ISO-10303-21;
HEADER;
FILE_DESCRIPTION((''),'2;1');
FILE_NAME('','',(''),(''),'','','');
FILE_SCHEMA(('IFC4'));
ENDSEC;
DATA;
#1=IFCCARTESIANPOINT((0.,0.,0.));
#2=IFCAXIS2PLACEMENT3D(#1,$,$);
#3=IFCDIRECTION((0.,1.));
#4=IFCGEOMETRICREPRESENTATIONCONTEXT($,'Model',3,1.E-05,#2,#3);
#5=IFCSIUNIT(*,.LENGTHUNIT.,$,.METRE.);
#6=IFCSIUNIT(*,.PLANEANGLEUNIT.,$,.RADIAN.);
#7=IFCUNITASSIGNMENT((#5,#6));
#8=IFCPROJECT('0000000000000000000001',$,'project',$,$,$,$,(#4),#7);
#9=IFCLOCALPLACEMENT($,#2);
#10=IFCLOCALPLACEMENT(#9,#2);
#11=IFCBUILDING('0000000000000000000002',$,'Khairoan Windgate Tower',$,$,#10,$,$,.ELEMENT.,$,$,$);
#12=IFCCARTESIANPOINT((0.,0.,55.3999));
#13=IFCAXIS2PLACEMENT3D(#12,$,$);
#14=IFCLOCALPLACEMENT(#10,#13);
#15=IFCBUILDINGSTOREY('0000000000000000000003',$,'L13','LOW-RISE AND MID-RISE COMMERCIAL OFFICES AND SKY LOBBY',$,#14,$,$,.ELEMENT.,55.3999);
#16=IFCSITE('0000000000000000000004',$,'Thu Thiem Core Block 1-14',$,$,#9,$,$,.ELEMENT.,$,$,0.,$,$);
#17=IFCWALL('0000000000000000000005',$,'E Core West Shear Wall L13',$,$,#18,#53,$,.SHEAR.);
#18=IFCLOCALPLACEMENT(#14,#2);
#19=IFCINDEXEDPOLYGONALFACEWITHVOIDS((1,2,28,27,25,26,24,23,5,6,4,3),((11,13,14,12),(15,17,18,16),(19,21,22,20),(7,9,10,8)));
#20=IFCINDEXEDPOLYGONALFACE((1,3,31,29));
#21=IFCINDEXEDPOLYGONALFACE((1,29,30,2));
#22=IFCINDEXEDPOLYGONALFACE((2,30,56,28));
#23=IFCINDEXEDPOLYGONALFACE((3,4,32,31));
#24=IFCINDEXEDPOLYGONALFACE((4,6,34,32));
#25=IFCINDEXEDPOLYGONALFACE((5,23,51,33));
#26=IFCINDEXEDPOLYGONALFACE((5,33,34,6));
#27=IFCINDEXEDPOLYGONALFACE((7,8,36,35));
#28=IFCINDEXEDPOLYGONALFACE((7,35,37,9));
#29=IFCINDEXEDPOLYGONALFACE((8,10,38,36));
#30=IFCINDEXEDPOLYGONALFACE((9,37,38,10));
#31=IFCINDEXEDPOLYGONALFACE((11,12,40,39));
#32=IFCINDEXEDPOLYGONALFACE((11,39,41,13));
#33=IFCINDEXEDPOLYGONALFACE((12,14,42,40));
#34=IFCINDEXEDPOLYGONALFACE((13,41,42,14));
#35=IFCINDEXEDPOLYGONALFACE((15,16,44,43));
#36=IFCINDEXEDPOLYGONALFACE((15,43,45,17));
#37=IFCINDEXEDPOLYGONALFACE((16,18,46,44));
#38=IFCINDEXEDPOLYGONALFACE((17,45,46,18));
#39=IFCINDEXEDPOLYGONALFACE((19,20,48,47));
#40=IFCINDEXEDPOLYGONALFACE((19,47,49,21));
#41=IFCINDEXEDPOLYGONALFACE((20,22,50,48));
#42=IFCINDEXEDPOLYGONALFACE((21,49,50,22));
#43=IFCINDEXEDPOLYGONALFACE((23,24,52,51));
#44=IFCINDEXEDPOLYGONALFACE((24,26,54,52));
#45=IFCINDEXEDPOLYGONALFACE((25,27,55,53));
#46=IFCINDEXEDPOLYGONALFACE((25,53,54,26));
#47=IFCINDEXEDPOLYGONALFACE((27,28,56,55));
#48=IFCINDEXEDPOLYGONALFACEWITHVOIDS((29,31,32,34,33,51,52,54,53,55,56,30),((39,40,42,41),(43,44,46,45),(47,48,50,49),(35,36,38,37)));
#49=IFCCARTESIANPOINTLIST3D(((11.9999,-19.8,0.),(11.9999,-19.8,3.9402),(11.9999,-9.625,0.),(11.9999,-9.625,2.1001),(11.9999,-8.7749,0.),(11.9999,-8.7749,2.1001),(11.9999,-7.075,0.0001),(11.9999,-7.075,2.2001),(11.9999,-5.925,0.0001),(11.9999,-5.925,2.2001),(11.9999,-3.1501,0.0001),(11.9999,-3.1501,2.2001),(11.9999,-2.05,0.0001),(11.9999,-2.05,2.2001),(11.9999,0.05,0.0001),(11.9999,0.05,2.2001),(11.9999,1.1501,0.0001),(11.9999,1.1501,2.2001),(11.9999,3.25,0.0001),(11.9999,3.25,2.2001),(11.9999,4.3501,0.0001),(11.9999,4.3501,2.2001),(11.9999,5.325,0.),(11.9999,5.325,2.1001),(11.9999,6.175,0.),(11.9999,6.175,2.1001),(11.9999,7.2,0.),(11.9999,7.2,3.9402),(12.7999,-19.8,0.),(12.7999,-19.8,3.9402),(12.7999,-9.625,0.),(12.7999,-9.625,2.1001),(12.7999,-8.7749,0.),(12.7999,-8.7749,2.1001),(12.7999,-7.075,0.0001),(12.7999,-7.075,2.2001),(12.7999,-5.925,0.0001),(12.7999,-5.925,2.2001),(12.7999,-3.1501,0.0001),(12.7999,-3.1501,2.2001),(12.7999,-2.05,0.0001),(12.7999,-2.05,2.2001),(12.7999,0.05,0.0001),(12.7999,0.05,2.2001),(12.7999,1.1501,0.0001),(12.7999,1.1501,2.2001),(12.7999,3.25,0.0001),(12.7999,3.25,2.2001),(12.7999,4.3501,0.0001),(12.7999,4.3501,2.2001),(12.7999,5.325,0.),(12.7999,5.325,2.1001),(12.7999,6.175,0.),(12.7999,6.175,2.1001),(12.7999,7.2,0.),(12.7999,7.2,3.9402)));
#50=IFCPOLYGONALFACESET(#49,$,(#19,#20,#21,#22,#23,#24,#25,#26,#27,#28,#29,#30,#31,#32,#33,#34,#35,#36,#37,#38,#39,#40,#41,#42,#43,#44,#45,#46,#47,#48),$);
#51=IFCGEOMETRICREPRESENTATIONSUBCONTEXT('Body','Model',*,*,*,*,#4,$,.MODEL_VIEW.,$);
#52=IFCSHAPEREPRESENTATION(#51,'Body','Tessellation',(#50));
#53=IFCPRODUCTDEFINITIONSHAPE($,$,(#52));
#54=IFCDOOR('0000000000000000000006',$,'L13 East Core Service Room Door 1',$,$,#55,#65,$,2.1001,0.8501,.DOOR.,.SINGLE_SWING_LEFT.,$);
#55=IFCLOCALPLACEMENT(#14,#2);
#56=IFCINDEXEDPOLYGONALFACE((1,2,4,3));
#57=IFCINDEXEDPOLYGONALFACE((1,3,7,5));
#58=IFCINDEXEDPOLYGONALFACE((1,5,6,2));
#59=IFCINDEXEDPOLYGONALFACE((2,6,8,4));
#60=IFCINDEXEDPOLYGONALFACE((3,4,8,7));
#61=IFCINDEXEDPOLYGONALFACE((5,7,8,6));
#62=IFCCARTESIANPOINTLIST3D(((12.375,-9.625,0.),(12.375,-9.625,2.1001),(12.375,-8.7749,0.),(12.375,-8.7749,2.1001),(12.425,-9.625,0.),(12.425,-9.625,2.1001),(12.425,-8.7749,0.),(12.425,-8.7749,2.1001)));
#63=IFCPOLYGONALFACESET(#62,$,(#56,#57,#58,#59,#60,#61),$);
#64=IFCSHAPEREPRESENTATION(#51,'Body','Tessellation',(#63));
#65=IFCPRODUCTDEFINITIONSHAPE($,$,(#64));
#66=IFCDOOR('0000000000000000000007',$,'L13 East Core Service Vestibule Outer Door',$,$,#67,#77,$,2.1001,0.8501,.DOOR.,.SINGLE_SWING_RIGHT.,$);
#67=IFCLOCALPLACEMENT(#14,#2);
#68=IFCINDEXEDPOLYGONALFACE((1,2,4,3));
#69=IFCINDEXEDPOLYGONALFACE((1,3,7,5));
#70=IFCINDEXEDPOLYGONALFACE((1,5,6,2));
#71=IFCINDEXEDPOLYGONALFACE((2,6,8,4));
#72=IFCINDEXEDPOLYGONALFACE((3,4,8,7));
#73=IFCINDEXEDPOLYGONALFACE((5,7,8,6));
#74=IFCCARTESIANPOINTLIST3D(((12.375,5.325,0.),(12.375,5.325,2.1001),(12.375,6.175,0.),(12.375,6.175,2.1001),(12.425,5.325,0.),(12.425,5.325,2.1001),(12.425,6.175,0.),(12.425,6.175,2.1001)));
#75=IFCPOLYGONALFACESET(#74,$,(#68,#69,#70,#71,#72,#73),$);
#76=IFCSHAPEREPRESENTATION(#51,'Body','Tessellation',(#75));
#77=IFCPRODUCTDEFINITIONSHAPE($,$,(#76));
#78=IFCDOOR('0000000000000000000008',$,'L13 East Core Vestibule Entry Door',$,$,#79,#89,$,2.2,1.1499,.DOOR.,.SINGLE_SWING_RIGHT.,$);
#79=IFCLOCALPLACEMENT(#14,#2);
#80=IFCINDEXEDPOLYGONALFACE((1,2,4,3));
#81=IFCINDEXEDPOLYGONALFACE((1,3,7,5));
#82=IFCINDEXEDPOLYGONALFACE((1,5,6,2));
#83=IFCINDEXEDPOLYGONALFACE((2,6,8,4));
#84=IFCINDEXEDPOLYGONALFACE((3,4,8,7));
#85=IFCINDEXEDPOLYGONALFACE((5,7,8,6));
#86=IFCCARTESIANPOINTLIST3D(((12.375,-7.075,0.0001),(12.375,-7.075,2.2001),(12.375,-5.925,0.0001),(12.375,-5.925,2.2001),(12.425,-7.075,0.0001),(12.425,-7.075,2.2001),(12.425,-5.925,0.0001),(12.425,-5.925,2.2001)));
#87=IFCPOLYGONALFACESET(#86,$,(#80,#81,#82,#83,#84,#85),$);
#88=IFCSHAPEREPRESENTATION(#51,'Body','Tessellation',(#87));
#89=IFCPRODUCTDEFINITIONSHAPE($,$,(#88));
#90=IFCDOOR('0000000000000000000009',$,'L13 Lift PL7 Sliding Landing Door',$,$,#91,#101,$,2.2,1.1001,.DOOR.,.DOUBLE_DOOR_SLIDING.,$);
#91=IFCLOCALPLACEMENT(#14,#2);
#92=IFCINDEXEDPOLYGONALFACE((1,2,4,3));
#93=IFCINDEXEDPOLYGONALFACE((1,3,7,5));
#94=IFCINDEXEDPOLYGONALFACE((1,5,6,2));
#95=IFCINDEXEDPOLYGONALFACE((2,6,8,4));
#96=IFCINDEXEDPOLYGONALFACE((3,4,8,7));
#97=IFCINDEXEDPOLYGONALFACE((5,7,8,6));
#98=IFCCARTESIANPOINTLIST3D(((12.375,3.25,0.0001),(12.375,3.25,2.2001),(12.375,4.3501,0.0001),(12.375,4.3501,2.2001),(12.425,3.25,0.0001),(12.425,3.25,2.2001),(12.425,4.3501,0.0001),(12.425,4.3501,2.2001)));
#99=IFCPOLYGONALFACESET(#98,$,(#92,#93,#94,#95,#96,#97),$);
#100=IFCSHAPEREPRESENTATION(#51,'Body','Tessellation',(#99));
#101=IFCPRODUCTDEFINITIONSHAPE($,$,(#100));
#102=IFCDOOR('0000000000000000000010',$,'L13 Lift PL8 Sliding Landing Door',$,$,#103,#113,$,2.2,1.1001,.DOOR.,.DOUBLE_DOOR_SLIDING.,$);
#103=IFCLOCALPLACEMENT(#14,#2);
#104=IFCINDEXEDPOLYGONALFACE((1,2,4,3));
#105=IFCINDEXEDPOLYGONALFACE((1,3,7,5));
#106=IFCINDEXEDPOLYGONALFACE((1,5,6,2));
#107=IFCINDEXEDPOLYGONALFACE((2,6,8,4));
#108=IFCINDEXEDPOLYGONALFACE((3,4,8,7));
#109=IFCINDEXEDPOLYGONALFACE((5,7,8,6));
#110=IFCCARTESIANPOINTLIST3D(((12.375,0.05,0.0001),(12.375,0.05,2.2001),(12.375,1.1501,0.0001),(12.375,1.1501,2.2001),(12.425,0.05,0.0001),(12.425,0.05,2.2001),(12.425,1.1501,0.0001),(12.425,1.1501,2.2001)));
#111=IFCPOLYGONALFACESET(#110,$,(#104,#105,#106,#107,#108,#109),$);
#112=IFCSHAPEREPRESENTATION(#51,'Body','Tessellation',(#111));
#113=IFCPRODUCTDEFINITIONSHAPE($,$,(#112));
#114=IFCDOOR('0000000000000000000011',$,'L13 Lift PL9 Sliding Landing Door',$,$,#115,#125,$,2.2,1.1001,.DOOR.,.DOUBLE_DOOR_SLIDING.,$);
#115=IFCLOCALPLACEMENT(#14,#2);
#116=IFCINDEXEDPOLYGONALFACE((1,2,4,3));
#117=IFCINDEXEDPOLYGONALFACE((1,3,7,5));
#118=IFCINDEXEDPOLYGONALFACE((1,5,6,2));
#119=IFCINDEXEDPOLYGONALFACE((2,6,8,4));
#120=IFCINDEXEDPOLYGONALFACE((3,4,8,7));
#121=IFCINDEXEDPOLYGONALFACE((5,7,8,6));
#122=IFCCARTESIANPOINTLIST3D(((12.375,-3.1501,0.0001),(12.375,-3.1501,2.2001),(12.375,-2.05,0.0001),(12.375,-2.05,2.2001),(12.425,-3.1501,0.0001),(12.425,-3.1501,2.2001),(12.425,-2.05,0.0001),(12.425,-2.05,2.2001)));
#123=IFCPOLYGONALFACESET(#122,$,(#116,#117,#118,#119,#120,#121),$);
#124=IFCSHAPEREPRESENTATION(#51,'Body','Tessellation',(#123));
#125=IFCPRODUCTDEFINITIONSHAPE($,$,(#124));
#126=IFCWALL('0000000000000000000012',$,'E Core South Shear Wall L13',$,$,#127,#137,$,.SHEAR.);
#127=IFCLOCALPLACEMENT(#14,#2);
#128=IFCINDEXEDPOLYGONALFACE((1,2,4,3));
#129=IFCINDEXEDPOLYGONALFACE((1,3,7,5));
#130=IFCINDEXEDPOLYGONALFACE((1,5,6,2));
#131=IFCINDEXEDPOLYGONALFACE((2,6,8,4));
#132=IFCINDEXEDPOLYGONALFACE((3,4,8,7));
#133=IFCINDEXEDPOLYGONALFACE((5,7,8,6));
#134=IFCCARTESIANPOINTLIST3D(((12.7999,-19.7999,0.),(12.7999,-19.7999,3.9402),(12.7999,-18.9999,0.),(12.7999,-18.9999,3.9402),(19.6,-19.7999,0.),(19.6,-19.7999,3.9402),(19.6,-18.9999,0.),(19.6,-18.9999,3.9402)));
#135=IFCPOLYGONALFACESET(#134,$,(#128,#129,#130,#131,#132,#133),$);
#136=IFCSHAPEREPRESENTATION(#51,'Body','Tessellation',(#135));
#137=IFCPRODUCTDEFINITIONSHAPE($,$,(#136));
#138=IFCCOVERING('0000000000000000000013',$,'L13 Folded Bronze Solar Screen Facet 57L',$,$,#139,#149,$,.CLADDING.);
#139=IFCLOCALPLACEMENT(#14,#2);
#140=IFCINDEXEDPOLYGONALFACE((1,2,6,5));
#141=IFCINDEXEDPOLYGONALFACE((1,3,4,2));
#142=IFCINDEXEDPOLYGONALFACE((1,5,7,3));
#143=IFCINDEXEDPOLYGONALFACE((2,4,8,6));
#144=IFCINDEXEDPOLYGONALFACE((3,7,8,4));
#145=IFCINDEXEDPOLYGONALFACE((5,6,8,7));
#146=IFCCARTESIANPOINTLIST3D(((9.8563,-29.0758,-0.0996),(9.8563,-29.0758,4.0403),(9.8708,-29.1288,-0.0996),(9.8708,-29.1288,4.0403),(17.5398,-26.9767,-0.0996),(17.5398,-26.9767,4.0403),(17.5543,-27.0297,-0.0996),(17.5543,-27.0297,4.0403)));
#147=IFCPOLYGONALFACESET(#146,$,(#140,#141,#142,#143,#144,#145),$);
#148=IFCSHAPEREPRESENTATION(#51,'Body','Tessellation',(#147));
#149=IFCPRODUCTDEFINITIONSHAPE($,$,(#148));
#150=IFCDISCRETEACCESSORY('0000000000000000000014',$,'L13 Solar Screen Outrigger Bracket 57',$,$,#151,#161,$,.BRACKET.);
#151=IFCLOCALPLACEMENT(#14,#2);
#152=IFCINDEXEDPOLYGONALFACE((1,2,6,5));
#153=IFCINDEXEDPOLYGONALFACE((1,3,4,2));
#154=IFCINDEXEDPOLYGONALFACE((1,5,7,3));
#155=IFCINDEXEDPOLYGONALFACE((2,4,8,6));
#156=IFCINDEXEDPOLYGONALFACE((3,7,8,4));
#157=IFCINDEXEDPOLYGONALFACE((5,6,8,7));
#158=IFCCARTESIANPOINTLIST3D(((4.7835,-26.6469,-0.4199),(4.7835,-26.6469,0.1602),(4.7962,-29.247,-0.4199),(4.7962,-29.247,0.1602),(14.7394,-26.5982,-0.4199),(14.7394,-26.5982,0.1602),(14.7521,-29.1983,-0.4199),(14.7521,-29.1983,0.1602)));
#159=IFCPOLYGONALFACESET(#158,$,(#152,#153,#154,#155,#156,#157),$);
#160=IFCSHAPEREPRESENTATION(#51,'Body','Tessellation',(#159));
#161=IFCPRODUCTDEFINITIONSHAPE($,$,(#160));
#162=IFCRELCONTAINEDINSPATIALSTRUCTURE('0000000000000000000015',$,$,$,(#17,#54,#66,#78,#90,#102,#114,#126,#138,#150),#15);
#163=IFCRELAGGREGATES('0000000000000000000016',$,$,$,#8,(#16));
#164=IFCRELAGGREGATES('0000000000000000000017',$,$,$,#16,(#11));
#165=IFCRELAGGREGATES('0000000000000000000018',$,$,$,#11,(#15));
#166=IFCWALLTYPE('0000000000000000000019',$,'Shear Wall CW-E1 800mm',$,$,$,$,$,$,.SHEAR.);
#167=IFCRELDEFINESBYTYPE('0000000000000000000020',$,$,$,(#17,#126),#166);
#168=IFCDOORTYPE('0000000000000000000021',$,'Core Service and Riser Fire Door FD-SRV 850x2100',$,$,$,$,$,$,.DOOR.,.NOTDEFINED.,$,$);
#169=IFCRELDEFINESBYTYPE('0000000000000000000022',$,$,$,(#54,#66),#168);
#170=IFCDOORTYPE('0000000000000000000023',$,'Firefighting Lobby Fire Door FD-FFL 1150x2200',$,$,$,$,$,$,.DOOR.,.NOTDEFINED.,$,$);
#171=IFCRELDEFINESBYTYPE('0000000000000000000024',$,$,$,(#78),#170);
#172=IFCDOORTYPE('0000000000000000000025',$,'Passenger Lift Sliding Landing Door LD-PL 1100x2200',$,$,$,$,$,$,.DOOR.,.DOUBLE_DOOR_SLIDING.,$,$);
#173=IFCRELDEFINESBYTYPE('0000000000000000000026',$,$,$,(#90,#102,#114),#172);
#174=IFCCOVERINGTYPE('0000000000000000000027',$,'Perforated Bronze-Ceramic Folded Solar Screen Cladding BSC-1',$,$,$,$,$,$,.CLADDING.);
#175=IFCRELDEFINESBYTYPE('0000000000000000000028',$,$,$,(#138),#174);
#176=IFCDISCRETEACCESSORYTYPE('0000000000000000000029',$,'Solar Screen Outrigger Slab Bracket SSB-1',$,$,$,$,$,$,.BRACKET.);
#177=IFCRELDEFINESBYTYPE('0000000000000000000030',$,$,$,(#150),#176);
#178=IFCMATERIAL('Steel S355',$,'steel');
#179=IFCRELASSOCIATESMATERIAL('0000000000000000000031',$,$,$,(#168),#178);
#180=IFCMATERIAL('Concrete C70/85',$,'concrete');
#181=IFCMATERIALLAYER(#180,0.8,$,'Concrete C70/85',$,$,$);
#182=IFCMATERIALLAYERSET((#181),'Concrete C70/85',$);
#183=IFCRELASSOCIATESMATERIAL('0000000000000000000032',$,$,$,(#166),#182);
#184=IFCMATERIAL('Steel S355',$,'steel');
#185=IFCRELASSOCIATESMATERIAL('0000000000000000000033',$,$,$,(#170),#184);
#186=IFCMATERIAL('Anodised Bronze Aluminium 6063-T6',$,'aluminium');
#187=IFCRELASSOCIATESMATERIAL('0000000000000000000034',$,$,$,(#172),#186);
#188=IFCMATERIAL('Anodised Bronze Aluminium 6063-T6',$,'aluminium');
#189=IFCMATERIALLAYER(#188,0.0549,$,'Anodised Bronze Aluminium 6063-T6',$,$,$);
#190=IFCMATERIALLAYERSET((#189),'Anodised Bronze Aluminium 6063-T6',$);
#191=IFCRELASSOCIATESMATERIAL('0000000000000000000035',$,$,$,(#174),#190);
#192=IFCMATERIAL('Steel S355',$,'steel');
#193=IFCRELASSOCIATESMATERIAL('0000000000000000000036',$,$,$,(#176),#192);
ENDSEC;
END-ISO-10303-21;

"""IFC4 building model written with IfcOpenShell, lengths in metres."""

from ifc_helpers import new_model, si_unit, direction, frame, frame_2d, origin, origin_2d, place, context, subcontext, project, spatial, rectangle, extrude, material, layer, layer_set, type_object, element, fill, save


model = new_model("IFC4")

# Units and contexts
model_context = context("Model", 3, precision=1e-05, world=origin(), true_north=direction((0.0, 1.0)))
body_context = subcontext(model_context, "Body", "Model", "MODEL_VIEW")
ifc_project = project(units=[si_unit("LENGTHUNIT", "METRE"), si_unit("PLANEANGLEUNIT", "RADIAN")], contexts=[model_context])

# Site, building, storey
site_placement = place(None, origin())
site = spatial("IfcSite", under=ifc_project, at=site_placement, Name="Thu Thiem Core Block 1-14", CompositionType="ELEMENT", RefElevation=0.0)
building_placement = place(site_placement, origin())
building = spatial("IfcBuilding", under=site, at=building_placement, Name="Khairoan Windgate Tower", CompositionType="ELEMENT")
storey_placement = place(building_placement, frame((0.0, 0.0, 55.3999)))
storey = spatial("IfcBuildingStorey", under=building, at=storey_placement, Name="L13", Description="LOW-RISE AND MID-RISE COMMERCIAL OFFICES AND SKY LOBBY", CompositionType="ELEMENT", Elevation=55.3999)

# Shared definitions
ifc_material_1 = material(Name="Steel S355", Category="steel")
door_type_1 = type_object("IfcDoorType", Name="Core Service and Riser Fire Door FD-SRV 850x2100", OperationType="NOTDEFINED", PredefinedType="DOOR", material=ifc_material_1)

# Wall, openings, doors
ifc_material_2 = material(Name="Concrete C70/85", Category="concrete")
ifc_layer_1 = layer(ifc_material_2, 0.8, Name="Concrete C70/85")
ifc_layer_set_1 = layer_set([ifc_layer_1], Name="Concrete C70/85")
wall_type_1 = type_object("IfcWallType", Name="Shear Wall CW-E1 800mm", PredefinedType="SHEAR", material=ifc_layer_set_1)
wall_1_placement = place(storey_placement, frame((12.3999, -19.8, 0.0), z_axis=(0.0, 0.0, 1.0), x_axis=(0.0, 1.0, 0.0)))
wall_1 = element("IfcWall", 1, at=wall_1_placement, inside=storey, type_object=wall_type_1, Name="E Core West Shear Wall L13", PredefinedType="SHEAR", context=body_context, shape_type="SweptSolid", body=[
    extrude(rectangle(XDim=27.0, YDim=0.8, at=frame_2d((13.5, 0.0))), origin(), (0.0, 0.0, 1.0), 3.9402),
])
opening_1_placement = place(wall_1_placement, frame((23.05, 0.0, 0.0)))
opening_1 = element("IfcOpeningElement", 2, at=opening_1_placement, cuts=wall_1, PredefinedType="OPENING", context=body_context, shape_type="SweptSolid", body=[
    extrude(rectangle(XDim=1.1001, YDim=2.2, at=frame_2d((0.55, 1.1001))), frame((0.0, 0.4099, 0.0), z_axis=(0.0, -1.0, 0.0), x_axis=(1.0, 0.0, 0.0)), (0.0, 0.0, 1.0), 0.8201),
])
opening_2_placement = place(wall_1_placement, frame((19.8501, 0.0, 0.0)))
opening_2 = element("IfcOpeningElement", 3, at=opening_2_placement, cuts=wall_1, PredefinedType="OPENING", context=body_context, shape_type="SweptSolid", body=[
    extrude(rectangle(XDim=1.1001, YDim=2.2, at=frame_2d((0.55, 1.1001))), frame((0.0, 0.4099, 0.0), z_axis=(0.0, -1.0, 0.0), x_axis=(1.0, 0.0, 0.0)), (0.0, 0.0, 1.0), 0.8201),
])
opening_3_placement = place(wall_1_placement, frame((16.6499, 0.0, 0.0)))
opening_3 = element("IfcOpeningElement", 4, at=opening_3_placement, cuts=wall_1, PredefinedType="OPENING", context=body_context, shape_type="SweptSolid", body=[
    extrude(rectangle(XDim=1.1001, YDim=2.2, at=frame_2d((0.55, 1.1001))), frame((0.0, 0.4099, 0.0), z_axis=(0.0, -1.0, 0.0), x_axis=(1.0, 0.0, 0.0)), (0.0, 0.0, 1.0), 0.8201),
])
opening_4_placement = place(wall_1_placement, frame((10.175, 0.0, 0.0)))
opening_4 = element("IfcOpeningElement", 5, at=opening_4_placement, cuts=wall_1, PredefinedType="OPENING", context=body_context, shape_type="SweptSolid", body=[
    extrude(rectangle(XDim=0.8501, YDim=2.1001, at=frame_2d((0.425, 1.05))), frame((0.0, 0.4099, 0.0), z_axis=(0.0, -1.0, 0.0), x_axis=(1.0, 0.0, 0.0)), (0.0, 0.0, 1.0), 0.8201),
])
opening_5_placement = place(wall_1_placement, frame((12.7251, 0.0, 0.0)))
opening_5 = element("IfcOpeningElement", 6, at=opening_5_placement, cuts=wall_1, PredefinedType="OPENING", context=body_context, shape_type="SweptSolid", body=[
    extrude(rectangle(XDim=1.1499, YDim=2.2, at=frame_2d((0.575, 1.1001))), frame((0.0, 0.4099, 0.0), z_axis=(0.0, -1.0, 0.0), x_axis=(1.0, 0.0, 0.0)), (0.0, 0.0, 1.0), 0.8201),
])
opening_6_placement = place(wall_1_placement, frame((25.125, 0.0, 0.0)))
opening_6 = element("IfcOpeningElement", 7, at=opening_6_placement, cuts=wall_1, PredefinedType="OPENING", context=body_context, shape_type="SweptSolid", body=[
    extrude(rectangle(XDim=0.8501, YDim=2.1001, at=frame_2d((0.425, 1.05))), frame((0.0, 0.4099, 0.0), z_axis=(0.0, -1.0, 0.0), x_axis=(1.0, 0.0, 0.0)), (0.0, 0.0, 1.0), 0.8201),
])
door_1_placement = place(opening_4_placement, origin())
door_1 = element("IfcDoor", 8, at=door_1_placement, inside=storey, type_object=door_type_1, Name="L13 East Core Service Room Door 1", OperationType="SINGLE_SWING_LEFT", OverallHeight=2.1001, OverallWidth=0.8501, PredefinedType="DOOR", context=body_context, shape_type="SweptSolid", body=[
    extrude(rectangle(XDim=0.8501, YDim=2.1001, at=frame_2d((0.425, 1.05))), frame((0.0, 0.0249, 0.0), z_axis=(0.0, -1.0, 0.0), x_axis=(1.0, 0.0, 0.0)), (0.0, 0.0, 1.0), 0.05),
])
fill(opening_4, door_1)
door_2_placement = place(opening_6_placement, origin())
door_2 = element("IfcDoor", 9, at=door_2_placement, inside=storey, type_object=door_type_1, Name="L13 East Core Service Vestibule Outer Door", OperationType="SINGLE_SWING_RIGHT", OverallHeight=2.1001, OverallWidth=0.8501, PredefinedType="DOOR", context=body_context, shape_type="SweptSolid", body=[
    extrude(rectangle(XDim=0.8501, YDim=2.1001, at=frame_2d((0.425, 1.05))), frame((0.0, 0.0249, 0.0), z_axis=(0.0, -1.0, 0.0), x_axis=(1.0, 0.0, 0.0)), (0.0, 0.0, 1.0), 0.05),
])
fill(opening_6, door_2)
ifc_material_3 = material(Name="Steel S355", Category="steel")
door_type_2 = type_object("IfcDoorType", Name="Firefighting Lobby Fire Door FD-FFL 1150x2200", OperationType="NOTDEFINED", PredefinedType="DOOR", material=ifc_material_3)
door_3_placement = place(opening_5_placement, origin())
door_3 = element("IfcDoor", 10, at=door_3_placement, inside=storey, type_object=door_type_2, Name="L13 East Core Vestibule Entry Door", OperationType="SINGLE_SWING_RIGHT", OverallHeight=2.2, OverallWidth=1.1499, PredefinedType="DOOR", context=body_context, shape_type="SweptSolid", body=[
    extrude(rectangle(XDim=1.1499, YDim=2.2, at=frame_2d((0.575, 1.1001))), frame((0.0, 0.0249, 0.0), z_axis=(0.0, -1.0, 0.0), x_axis=(1.0, 0.0, 0.0)), (0.0, 0.0, 1.0), 0.05),
])
fill(opening_5, door_3)
ifc_material_4 = material(Name="Anodised Bronze Aluminium 6063-T6", Category="aluminium")
door_type_3 = type_object("IfcDoorType", Name="Passenger Lift Sliding Landing Door LD-PL 1100x2200", OperationType="DOUBLE_DOOR_SLIDING", PredefinedType="DOOR", material=ifc_material_4)
door_4_placement = place(opening_1_placement, origin())
door_4 = element("IfcDoor", 11, at=door_4_placement, inside=storey, type_object=door_type_3, Name="L13 Lift PL7 Sliding Landing Door", OperationType="DOUBLE_DOOR_SLIDING", OverallHeight=2.2, OverallWidth=1.1001, PredefinedType="DOOR", context=body_context, shape_type="SweptSolid", body=[
    extrude(rectangle(XDim=1.1001, YDim=2.2, at=frame_2d((0.55, 1.1001))), frame((0.0, 0.0249, 0.0), z_axis=(0.0, -1.0, 0.0), x_axis=(1.0, 0.0, 0.0)), (0.0, 0.0, 1.0), 0.05),
])
fill(opening_1, door_4)
door_5_placement = place(opening_2_placement, origin())
door_5 = element("IfcDoor", 12, at=door_5_placement, inside=storey, type_object=door_type_3, Name="L13 Lift PL8 Sliding Landing Door", OperationType="DOUBLE_DOOR_SLIDING", OverallHeight=2.2, OverallWidth=1.1001, PredefinedType="DOOR", context=body_context, shape_type="SweptSolid", body=[
    extrude(rectangle(XDim=1.1001, YDim=2.2, at=frame_2d((0.55, 1.1001))), frame((0.0, 0.0249, 0.0), z_axis=(0.0, -1.0, 0.0), x_axis=(1.0, 0.0, 0.0)), (0.0, 0.0, 1.0), 0.05),
])
fill(opening_2, door_5)
door_6_placement = place(opening_3_placement, origin())
door_6 = element("IfcDoor", 13, at=door_6_placement, inside=storey, type_object=door_type_3, Name="L13 Lift PL9 Sliding Landing Door", OperationType="DOUBLE_DOOR_SLIDING", OverallHeight=2.2, OverallWidth=1.1001, PredefinedType="DOOR", context=body_context, shape_type="SweptSolid", body=[
    extrude(rectangle(XDim=1.1001, YDim=2.2, at=frame_2d((0.55, 1.1001))), frame((0.0, 0.0249, 0.0), z_axis=(0.0, -1.0, 0.0), x_axis=(1.0, 0.0, 0.0)), (0.0, 0.0, 1.0), 0.05),
])
fill(opening_3, door_6)

# Wall
wall_2_placement = place(storey_placement, frame((12.8, -19.3999, 0.0), z_axis=(0.0, 0.0, 1.0), x_axis=(1.0, 0.0, 0.0)))
element("IfcWall", 14, at=wall_2_placement, inside=storey, type_object=wall_type_1, Name="E Core South Shear Wall L13", PredefinedType="SHEAR", context=body_context, shape_type="SweptSolid", body=[
    extrude(rectangle(XDim=6.8, YDim=0.8, at=frame_2d((3.3999, 0.0))), origin(), (0.0, 0.0, 1.0), 3.9402),
])

# Covering
ifc_material_5 = material(Name="Anodised Bronze Aluminium 6063-T6", Category="aluminium")
ifc_layer_2 = layer(ifc_material_5, 0.0549, Name="Anodised Bronze Aluminium 6063-T6")
ifc_layer_set_2 = layer_set([ifc_layer_2], Name="Anodised Bronze Aluminium 6063-T6")
covering_type = type_object("IfcCoveringType", Name="Perforated Bronze-Ceramic Folded Solar Screen Cladding BSC-1", PredefinedType="CLADDING", material=ifc_layer_set_2)
covering_placement = place(storey_placement, frame((13.7053, -28.0527, -0.0996), z_axis=(0.0, 0.0, 1.0), x_axis=(-0.964649, -0.263536, 0.0)))
element("IfcCovering", 15, at=covering_placement, inside=storey, type_object=covering_type, Name="L13 Folded Bronze Solar Screen Facet 57L", PredefinedType="CLADDING", context=body_context, shape_type="SweptSolid", body=[
    extrude(rectangle(XDim=7.9651, YDim=0.0549, at=origin_2d()), origin(), (0.0, 0.0, 1.0), 4.1399),
])

# Discrete accessory
ifc_material_6 = material(Name="Steel S355", Category="steel")
discrete_accessory_type = type_object("IfcDiscreteAccessoryType", Name="Solar Screen Outrigger Slab Bracket SSB-1", PredefinedType="BRACKET", material=ifc_material_6)
discrete_accessory_placement = place(storey_placement, frame((9.7678, -27.9226, -0.4199), z_axis=(0.0, 0.0, 1.0), x_axis=(-0.999988, -0.004887, 0.0)))
element("IfcDiscreteAccessory", 16, at=discrete_accessory_placement, inside=storey, type_object=discrete_accessory_type, Name="L13 Solar Screen Outrigger Bracket 57", PredefinedType="BRACKET", context=body_context, shape_type="SweptSolid", body=[
    extrude(rectangle(XDim=9.9561, YDim=2.6001, at=origin_2d()), origin(), (0.0, 0.0, 1.0), 0.5801),
])

save(model, "model.ifc")
